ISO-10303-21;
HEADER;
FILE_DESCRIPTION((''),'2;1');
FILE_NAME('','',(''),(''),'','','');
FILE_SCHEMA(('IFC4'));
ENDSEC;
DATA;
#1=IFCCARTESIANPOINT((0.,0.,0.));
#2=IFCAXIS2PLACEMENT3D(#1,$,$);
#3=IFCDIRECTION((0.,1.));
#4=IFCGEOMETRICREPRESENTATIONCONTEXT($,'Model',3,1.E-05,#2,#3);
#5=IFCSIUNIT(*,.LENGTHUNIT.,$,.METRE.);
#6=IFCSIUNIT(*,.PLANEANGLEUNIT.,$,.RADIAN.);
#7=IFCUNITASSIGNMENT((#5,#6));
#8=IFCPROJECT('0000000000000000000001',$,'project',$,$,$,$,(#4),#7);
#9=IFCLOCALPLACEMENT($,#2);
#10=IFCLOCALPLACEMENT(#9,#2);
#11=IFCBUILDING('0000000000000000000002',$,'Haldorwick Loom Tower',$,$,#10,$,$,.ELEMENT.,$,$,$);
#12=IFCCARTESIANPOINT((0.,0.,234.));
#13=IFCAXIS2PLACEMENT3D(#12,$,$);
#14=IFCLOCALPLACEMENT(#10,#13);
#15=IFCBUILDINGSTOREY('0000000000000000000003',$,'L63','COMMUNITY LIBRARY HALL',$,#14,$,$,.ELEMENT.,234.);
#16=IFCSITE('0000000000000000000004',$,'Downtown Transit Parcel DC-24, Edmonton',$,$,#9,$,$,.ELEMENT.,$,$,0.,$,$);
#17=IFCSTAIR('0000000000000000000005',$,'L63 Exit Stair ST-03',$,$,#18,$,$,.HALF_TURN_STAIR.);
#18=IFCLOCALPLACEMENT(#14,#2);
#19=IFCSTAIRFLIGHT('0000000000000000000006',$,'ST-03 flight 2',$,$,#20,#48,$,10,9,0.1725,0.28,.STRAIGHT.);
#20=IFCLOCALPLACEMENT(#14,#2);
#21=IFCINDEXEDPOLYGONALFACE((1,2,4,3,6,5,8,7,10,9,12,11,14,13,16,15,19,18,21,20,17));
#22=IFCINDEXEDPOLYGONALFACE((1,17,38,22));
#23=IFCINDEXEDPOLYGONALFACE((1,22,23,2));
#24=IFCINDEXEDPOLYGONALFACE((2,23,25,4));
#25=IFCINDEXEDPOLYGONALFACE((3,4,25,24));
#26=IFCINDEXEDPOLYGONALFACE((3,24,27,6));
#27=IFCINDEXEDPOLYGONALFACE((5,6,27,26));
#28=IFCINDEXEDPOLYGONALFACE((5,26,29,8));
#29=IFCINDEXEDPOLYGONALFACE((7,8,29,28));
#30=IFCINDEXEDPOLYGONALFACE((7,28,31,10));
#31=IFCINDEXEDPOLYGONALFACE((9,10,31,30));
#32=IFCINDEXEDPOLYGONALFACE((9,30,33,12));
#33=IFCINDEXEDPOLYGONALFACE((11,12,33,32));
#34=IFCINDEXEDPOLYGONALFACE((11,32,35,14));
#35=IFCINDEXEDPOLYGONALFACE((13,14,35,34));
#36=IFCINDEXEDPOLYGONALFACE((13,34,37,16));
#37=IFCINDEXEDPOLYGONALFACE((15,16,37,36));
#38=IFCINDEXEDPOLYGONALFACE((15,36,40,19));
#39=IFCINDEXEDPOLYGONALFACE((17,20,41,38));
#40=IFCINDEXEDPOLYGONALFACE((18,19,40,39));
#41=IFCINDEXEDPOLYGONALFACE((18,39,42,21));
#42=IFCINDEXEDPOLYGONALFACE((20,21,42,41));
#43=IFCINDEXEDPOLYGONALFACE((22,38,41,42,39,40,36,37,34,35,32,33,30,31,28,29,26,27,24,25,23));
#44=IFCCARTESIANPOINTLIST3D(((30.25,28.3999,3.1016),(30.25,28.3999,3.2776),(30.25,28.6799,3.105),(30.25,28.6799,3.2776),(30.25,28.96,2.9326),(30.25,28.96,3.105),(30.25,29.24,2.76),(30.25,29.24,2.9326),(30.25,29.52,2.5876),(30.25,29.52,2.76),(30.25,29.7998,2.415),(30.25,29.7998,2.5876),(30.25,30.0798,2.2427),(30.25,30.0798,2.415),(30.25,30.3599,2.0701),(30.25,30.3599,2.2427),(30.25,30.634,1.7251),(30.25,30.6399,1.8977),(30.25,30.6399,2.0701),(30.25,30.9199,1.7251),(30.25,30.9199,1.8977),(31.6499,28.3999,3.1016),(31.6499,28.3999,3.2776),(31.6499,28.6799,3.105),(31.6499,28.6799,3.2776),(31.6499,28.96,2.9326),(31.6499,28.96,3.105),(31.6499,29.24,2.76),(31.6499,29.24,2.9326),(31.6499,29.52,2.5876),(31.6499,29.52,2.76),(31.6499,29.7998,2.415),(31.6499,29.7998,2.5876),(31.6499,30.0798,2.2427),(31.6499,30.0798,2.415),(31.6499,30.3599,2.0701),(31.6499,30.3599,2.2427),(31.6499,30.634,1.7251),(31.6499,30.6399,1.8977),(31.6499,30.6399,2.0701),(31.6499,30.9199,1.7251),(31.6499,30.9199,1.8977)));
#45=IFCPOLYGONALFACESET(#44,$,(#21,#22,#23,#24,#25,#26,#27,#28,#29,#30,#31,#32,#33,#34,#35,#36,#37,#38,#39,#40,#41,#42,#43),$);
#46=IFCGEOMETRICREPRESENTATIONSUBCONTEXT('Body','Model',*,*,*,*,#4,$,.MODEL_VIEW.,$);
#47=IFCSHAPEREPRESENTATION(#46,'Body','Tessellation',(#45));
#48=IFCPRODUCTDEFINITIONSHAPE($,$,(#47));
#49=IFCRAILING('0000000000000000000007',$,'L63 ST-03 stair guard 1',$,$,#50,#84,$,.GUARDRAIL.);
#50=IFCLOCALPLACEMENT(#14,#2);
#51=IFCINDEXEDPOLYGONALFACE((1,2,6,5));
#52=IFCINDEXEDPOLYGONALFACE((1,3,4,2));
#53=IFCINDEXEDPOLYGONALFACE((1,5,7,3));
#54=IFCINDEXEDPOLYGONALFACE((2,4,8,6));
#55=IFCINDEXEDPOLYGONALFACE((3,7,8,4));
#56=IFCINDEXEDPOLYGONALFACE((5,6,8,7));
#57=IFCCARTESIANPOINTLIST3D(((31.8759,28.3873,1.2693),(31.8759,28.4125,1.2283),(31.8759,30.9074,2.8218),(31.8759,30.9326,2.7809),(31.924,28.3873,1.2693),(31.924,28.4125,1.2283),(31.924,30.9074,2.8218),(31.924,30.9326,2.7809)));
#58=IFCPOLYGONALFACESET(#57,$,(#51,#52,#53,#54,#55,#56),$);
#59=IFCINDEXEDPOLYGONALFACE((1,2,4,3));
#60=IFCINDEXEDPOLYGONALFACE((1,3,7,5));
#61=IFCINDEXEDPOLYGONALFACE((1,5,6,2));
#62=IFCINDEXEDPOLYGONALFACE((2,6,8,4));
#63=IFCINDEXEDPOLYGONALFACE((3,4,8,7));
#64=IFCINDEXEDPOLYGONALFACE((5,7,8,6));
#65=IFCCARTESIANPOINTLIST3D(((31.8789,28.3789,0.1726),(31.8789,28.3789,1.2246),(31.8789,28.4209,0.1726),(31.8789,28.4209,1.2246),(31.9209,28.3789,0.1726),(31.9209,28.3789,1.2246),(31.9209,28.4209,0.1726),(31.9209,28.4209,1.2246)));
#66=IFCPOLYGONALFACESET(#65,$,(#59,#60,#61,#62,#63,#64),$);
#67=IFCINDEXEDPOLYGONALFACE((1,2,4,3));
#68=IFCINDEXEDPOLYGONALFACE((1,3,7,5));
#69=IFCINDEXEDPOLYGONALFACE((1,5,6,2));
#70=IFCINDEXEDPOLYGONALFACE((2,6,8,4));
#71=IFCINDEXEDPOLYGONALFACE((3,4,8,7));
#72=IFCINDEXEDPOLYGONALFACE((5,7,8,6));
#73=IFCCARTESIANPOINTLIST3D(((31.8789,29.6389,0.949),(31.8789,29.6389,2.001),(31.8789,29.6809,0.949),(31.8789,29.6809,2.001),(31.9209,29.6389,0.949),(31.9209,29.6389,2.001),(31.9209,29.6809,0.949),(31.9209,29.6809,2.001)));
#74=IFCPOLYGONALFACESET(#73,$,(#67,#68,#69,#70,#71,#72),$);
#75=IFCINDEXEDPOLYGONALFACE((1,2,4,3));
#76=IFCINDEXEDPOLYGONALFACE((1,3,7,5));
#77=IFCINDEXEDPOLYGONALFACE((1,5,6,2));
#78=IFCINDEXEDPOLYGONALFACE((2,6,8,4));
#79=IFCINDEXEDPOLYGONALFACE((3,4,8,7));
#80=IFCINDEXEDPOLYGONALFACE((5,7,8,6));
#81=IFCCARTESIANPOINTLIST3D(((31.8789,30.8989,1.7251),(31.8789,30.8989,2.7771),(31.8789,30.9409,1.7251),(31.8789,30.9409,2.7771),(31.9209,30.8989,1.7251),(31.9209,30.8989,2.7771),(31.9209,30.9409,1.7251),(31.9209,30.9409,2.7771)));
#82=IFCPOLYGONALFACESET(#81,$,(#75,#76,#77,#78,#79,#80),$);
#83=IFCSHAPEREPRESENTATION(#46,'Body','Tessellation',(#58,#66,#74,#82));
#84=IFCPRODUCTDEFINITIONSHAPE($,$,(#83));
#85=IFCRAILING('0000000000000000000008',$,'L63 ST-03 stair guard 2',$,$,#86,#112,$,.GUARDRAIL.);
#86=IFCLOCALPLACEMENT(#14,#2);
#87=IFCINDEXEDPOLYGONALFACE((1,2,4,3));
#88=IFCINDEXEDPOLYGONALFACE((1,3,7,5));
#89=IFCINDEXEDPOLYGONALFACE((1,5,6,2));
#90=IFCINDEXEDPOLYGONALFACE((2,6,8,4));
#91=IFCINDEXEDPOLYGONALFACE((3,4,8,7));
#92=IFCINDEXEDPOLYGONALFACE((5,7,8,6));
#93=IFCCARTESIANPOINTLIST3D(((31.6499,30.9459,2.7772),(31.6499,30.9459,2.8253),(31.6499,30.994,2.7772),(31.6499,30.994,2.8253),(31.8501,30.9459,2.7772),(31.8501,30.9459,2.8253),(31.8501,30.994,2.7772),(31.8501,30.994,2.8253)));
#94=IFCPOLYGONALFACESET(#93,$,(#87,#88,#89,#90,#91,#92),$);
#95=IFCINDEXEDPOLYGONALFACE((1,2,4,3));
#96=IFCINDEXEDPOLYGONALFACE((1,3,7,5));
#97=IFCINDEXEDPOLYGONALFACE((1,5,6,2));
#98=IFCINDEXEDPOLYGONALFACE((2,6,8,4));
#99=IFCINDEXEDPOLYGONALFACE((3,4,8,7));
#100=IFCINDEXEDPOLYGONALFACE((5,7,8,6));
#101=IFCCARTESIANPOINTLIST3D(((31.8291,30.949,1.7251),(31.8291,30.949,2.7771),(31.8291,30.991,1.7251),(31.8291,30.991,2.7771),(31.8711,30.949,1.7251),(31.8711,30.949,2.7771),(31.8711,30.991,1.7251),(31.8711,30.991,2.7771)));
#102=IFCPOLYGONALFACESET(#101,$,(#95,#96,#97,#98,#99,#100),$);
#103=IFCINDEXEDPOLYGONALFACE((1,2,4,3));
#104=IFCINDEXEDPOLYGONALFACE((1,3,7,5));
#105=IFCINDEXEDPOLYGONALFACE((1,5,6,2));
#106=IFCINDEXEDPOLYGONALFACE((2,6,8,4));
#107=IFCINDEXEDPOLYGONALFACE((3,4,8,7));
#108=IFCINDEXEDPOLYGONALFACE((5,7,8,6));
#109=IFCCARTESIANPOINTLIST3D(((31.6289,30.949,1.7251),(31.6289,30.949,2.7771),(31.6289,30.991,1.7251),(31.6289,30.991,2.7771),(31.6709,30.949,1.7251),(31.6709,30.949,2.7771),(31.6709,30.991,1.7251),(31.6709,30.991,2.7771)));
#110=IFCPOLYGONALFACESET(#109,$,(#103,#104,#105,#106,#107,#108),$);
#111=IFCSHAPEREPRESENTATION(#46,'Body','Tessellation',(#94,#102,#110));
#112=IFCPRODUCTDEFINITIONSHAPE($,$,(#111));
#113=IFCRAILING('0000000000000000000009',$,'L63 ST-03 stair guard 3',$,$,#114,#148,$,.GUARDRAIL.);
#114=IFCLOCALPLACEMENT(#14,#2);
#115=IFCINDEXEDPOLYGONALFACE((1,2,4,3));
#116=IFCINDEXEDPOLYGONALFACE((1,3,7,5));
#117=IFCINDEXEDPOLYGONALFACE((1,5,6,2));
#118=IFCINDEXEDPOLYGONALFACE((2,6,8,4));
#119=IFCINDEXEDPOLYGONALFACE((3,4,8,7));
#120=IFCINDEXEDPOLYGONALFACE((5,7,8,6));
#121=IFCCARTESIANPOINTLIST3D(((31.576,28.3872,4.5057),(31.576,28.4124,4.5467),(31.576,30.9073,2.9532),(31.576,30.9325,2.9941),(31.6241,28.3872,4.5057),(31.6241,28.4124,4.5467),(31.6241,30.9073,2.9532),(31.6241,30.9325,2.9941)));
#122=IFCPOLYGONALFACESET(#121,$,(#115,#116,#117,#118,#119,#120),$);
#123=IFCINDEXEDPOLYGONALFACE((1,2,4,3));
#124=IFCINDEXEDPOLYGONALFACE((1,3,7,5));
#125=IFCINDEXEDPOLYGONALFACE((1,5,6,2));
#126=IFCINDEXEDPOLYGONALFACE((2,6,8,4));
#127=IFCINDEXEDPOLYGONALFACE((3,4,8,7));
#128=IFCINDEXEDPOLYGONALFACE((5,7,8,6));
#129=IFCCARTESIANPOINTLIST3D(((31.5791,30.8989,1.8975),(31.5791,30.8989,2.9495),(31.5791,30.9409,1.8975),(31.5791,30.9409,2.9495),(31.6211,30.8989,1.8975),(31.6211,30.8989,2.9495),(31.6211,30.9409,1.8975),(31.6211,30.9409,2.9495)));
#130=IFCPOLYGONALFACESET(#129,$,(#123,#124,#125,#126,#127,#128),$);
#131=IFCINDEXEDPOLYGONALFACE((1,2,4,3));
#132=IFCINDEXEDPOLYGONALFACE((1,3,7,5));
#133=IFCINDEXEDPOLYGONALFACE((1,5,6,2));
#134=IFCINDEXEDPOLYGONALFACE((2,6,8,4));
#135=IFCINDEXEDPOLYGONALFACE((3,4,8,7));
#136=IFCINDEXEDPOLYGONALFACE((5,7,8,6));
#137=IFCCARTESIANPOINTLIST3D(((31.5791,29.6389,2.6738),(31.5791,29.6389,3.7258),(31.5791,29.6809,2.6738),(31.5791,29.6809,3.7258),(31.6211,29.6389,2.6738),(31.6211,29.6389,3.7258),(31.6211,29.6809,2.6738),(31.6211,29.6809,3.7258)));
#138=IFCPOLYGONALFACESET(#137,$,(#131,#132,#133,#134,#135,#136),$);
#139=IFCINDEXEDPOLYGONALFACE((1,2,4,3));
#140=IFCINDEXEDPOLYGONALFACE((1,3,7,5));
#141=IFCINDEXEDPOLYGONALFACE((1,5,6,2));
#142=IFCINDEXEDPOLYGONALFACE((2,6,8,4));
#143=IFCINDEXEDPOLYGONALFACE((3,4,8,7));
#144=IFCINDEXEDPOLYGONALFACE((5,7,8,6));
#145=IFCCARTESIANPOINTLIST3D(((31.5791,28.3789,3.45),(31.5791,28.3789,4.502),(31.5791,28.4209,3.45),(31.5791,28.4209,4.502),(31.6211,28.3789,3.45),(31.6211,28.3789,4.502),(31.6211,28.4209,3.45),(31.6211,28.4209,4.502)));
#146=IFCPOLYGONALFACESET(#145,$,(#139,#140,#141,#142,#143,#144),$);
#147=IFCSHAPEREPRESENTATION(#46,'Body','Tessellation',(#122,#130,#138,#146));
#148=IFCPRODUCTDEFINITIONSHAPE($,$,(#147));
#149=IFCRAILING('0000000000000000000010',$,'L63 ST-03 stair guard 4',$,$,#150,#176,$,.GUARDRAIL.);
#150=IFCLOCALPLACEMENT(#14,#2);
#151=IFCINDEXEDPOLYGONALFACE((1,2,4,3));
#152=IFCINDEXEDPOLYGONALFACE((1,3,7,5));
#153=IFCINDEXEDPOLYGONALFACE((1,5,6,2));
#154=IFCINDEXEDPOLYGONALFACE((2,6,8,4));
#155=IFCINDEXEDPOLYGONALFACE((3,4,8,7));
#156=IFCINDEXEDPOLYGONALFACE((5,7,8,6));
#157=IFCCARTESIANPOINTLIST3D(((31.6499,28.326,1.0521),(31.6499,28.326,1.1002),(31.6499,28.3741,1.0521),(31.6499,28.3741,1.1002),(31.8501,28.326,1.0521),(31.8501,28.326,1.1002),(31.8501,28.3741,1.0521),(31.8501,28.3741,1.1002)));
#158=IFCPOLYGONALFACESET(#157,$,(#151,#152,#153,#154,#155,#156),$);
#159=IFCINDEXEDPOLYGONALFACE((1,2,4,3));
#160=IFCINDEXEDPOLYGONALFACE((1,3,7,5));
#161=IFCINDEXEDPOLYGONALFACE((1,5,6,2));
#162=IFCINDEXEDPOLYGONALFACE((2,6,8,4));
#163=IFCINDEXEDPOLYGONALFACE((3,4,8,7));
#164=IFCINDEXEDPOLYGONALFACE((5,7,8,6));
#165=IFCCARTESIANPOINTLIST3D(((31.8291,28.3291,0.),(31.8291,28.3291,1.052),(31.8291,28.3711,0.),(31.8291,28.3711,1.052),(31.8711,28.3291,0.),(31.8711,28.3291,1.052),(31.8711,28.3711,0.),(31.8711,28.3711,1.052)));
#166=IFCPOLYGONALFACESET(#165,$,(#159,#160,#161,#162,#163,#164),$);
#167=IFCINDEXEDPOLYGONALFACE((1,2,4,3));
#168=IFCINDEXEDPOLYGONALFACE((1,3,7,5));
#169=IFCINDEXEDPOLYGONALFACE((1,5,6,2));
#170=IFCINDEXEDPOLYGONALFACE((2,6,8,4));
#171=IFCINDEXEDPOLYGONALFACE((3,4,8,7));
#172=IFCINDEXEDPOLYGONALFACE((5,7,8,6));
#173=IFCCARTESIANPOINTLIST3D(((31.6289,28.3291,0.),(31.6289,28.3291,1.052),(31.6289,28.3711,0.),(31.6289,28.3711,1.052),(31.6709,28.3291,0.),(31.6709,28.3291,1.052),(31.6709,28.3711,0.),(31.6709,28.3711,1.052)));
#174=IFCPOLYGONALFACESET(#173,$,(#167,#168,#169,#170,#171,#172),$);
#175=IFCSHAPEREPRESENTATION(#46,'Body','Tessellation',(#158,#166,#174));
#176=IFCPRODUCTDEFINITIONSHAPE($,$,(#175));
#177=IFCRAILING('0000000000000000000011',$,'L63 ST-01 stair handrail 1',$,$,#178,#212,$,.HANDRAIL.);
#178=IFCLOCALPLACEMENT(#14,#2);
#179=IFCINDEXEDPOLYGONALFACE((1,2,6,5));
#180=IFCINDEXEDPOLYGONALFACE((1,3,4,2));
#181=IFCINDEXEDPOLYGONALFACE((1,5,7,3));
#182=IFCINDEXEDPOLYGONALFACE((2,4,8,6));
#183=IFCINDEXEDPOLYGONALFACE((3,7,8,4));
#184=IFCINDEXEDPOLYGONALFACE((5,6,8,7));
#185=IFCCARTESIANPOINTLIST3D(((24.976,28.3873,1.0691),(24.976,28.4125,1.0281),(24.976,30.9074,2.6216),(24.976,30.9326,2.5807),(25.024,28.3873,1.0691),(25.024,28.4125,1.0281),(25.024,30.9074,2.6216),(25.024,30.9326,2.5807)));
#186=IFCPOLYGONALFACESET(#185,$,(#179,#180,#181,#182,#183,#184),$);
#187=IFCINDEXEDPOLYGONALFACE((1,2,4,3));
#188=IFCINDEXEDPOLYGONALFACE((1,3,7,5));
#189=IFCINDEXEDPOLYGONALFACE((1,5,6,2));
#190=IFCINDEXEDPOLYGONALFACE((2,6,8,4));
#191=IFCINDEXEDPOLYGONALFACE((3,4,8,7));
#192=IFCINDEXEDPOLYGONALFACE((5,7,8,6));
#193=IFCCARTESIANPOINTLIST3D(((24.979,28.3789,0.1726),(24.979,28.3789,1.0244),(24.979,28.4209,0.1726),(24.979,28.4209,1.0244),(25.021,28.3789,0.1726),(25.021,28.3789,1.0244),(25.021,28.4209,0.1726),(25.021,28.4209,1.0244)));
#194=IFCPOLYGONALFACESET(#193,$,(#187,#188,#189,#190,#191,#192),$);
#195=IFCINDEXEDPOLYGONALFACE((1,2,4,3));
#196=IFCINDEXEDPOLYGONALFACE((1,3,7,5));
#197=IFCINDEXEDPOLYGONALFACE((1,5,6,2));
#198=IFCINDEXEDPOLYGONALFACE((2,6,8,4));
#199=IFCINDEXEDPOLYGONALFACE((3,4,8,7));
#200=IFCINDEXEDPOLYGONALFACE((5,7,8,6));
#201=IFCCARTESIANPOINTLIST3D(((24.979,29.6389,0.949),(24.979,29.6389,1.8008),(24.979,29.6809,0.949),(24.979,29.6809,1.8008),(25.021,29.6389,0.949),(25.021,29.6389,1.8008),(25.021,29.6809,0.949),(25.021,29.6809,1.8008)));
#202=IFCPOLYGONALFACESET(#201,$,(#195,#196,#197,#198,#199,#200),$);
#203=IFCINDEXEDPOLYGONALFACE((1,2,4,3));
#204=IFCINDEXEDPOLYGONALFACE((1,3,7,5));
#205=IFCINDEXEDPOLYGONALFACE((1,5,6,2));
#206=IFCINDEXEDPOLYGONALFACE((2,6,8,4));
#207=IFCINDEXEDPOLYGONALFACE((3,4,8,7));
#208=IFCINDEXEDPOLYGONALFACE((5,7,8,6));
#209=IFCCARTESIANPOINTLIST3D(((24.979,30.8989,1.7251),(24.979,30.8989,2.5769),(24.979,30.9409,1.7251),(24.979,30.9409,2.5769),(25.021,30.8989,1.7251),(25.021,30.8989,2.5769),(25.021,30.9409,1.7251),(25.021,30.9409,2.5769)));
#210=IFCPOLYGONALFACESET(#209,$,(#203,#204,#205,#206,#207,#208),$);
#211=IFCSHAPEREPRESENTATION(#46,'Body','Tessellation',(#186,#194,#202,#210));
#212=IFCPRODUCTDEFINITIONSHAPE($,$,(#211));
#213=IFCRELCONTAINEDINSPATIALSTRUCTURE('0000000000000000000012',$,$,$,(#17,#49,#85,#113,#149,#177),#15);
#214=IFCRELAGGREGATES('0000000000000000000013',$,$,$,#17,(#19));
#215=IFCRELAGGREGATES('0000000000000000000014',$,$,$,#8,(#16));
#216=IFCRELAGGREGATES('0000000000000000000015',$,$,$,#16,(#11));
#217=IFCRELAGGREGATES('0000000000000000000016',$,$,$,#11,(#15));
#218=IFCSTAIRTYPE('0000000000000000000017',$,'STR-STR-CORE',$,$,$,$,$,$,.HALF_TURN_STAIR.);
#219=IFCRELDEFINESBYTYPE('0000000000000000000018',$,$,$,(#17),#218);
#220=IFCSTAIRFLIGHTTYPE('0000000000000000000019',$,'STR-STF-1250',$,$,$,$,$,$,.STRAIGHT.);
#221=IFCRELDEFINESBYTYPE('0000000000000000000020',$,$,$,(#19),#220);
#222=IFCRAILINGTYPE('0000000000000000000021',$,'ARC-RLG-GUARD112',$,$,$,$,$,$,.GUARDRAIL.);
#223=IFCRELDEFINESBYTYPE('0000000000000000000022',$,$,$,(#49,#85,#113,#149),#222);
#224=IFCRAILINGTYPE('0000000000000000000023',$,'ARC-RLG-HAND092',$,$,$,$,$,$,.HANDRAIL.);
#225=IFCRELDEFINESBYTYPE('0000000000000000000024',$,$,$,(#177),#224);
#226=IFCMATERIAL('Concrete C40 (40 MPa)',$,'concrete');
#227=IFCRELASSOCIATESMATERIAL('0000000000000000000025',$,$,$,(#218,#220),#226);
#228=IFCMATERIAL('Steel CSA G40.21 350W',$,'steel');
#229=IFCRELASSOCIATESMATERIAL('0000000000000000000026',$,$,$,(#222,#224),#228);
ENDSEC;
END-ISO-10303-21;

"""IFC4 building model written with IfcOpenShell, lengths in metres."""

from ifc_helpers import new_model, si_unit, direction, frame, origin, origin_2d, place, context, subcontext, project, spatial, polyline, rectangle, outline, extrude, material, type_object, element, aggregate, save


model = new_model("IFC4")

# Units and contexts
model_context = context("Model", 3, precision=1e-05, world=origin(), true_north=direction((0.0, 1.0)))
body_context = subcontext(model_context, "Body", "Model", "MODEL_VIEW")
ifc_project = project(units=[si_unit("LENGTHUNIT", "METRE"), si_unit("PLANEANGLEUNIT", "RADIAN")], contexts=[model_context])

# Site, building, storey
site_placement = place(None, origin())
site = spatial("IfcSite", under=ifc_project, at=site_placement, Name="Downtown Transit Parcel DC-24, Edmonton", CompositionType="ELEMENT", RefElevation=0.0)
building_placement = place(site_placement, origin())
building = spatial("IfcBuilding", under=site, at=building_placement, Name="Haldorwick Loom Tower", CompositionType="ELEMENT")
storey_placement = place(building_placement, frame((0.0, 0.0, 234.0)))
storey = spatial("IfcBuildingStorey", under=building, at=storey_placement, Name="L63", Description="COMMUNITY LIBRARY HALL", CompositionType="ELEMENT", Elevation=234.0)

# Shared definitions
ifc_material_1 = material(Name="Steel CSA G40.21 350W", Category="steel")

# Stair, stair flight
ifc_material_2 = material(Name="Concrete C40 (40 MPa)", Category="concrete")
stair_type = type_object("IfcStairType", Name="STR-STR-CORE", PredefinedType="HALF_TURN_STAIR", material=ifc_material_2)
stair_placement = place(storey_placement, origin())
stair = element("IfcStair", 1, at=stair_placement, inside=storey, type_object=stair_type, Name="L63 Exit Stair ST-03", PredefinedType="HALF_TURN_STAIR")
stair_flight_type = type_object("IfcStairFlightType", Name="STR-STF-1250", PredefinedType="STRAIGHT", material=ifc_material_2)
stair_flight_1_placement = place(storey_placement, frame((30.95, 30.9199, 1.7251), z_axis=(0.0, 0.0, 1.0), x_axis=(0.0, -1.0, 0.0)))
stair_flight_1 = element("IfcStairFlight", 2, at=stair_flight_1_placement, type_object=stair_flight_type, Name="ST-03 flight 2", NumberOfRisers=10, NumberOfTreads=9, PredefinedType="STRAIGHT", RiserHeight=0.1725, TreadLength=0.28, context=body_context, shape_type="SweptSolid", body=[
    extrude(outline(polyline([(0.0, 0.0), (0.0, 0.1726), (0.28, 0.1726), (0.28, 0.345), (0.5601, 0.345), (0.5601, 0.5176), (0.8401, 0.5176), (0.8401, 0.6899), (1.1201, 0.6899), (1.1201, 0.8625), (1.3999, 0.8625), (1.3999, 1.0349), (1.6799, 1.0349), (1.6799, 1.2075), (1.96, 1.2075), (1.96, 1.3799), (2.24, 1.3799), (2.24, 1.5525), (2.52, 1.5525), (2.52, 1.7251), (2.52, 1.3765), (0.2859, 0.0), (0.0, 0.0)])), frame((0.0, 0.7, 0.0), z_axis=(0.0, -1.0, 0.0), x_axis=(1.0, 0.0, 0.0)), (0.0, 0.0, 1.0), 1.3999),
])
aggregate(stair, [stair_flight_1])

# Railings
railing_type_1 = type_object("IfcRailingType", Name="ARC-RLG-GUARD112", PredefinedType="GUARDRAIL", material=ifc_material_1)
railing_1_placement = place(storey_placement, frame((31.8999, 28.3999, 0.1726)))
element("IfcRailing", 3, at=railing_1_placement, inside=storey, type_object=railing_type_1, Name="L63 ST-03 stair guard 1", PredefinedType="GUARDRAIL", context=body_context, shape_type="SweptSolid", body=[
    extrude(rectangle(XDim=0.0481, YDim=0.0481, at=origin_2d()), frame((0.0, 0.0, 1.0762), z_axis=(0.0, 0.8514, 0.524516), x_axis=(-1.0, 0.0, 0.0)), (0.0, 0.0, 1.0), 2.96),
    extrude(rectangle(XDim=0.042, YDim=0.042, at=origin_2d()), origin(), (0.0, 0.0, 1.0), 1.052),
    extrude(rectangle(XDim=0.042, YDim=0.042, at=origin_2d()), frame((0.0, 1.26, 0.7764)), (0.0, 0.0, 1.0), 1.052),
    extrude(rectangle(XDim=0.042, YDim=0.042, at=origin_2d()), frame((0.0, 2.52, 1.5525)), (0.0, 0.0, 1.0), 1.052),
])
railing_2_placement = place(storey_placement, frame((31.8501, 30.97, 1.7251)))
element("IfcRailing", 4, at=railing_2_placement, inside=storey, type_object=railing_type_1, Name="L63 ST-03 stair guard 2", PredefinedType="GUARDRAIL", context=body_context, shape_type="SweptSolid", body=[
    extrude(rectangle(XDim=0.0481, YDim=0.0481, at=origin_2d()), frame((0.0, 0.0, 1.0762), z_axis=(-1.0, 0.0, 0.0), x_axis=(0.0, -1.0, 0.0)), (0.0, 0.0, 1.0), 0.2002),
    extrude(rectangle(XDim=0.042, YDim=0.042, at=origin_2d()), origin(), (0.0, 0.0, 1.0), 1.052),
    extrude(rectangle(XDim=0.042, YDim=0.042, at=origin_2d()), frame((-0.2002, 0.0, 0.0)), (0.0, 0.0, 1.0), 1.052),
])
railing_3_placement = place(storey_placement, frame((31.6001, 30.9199, 1.8975)))
element("IfcRailing", 5, at=railing_3_placement, inside=storey, type_object=railing_type_1, Name="L63 ST-03 stair guard 3", PredefinedType="GUARDRAIL", context=body_context, shape_type="SweptSolid", body=[
    extrude(rectangle(XDim=0.0481, YDim=0.0481, at=origin_2d()), frame((0.0, 0.0, 1.0762), z_axis=(0.0, -0.8514, 0.524516), x_axis=(1.0, 0.0, 0.0)), (0.0, 0.0, 1.0), 2.96),
    extrude(rectangle(XDim=0.042, YDim=0.042, at=origin_2d()), origin(), (0.0, 0.0, 1.0), 1.052),
    extrude(rectangle(XDim=0.042, YDim=0.042, at=origin_2d()), frame((0.0, -1.26, 0.7764)), (0.0, 0.0, 1.0), 1.052),
    extrude(rectangle(XDim=0.042, YDim=0.042, at=origin_2d()), frame((0.0, -2.52, 1.5525)), (0.0, 0.0, 1.0), 1.052),
])
railing_4_placement = place(storey_placement, frame((31.8501, 28.3501, 0.0)))
element("IfcRailing", 6, at=railing_4_placement, inside=storey, type_object=railing_type_1, Name="L63 ST-03 stair guard 4", PredefinedType="GUARDRAIL", context=body_context, shape_type="SweptSolid", body=[
    extrude(rectangle(XDim=0.0481, YDim=0.0481, at=origin_2d()), frame((0.0, 0.0, 1.0762), z_axis=(-1.0, 0.0, 0.0), x_axis=(0.0, -1.0, 0.0)), (0.0, 0.0, 1.0), 0.2002),
    extrude(rectangle(XDim=0.042, YDim=0.042, at=origin_2d()), origin(), (0.0, 0.0, 1.0), 1.052),
    extrude(rectangle(XDim=0.042, YDim=0.042, at=origin_2d()), frame((-0.2002, 0.0, 0.0)), (0.0, 0.0, 1.0), 1.052),
])
railing_type_2 = type_object("IfcRailingType", Name="ARC-RLG-HAND092", PredefinedType="HANDRAIL", material=ifc_material_1)
for number, where, name in (
    (7, (25.0, 28.3999, 0.1726), "L63 ST-01 stair handrail 1"),
):
    element("IfcRailing", number, at=place(storey_placement, frame(where)), inside=storey, type_object=railing_type_2, Name=name, PredefinedType="HANDRAIL", context=body_context, shape_type="SweptSolid", body=[
        extrude(rectangle(XDim=0.0481, YDim=0.0481, at=origin_2d()), frame((0.0, 0.0, 0.876), z_axis=(0.0, 0.8514, 0.524516), x_axis=(-1.0, 0.0, 0.0)), (0.0, 0.0, 1.0), 2.96),
        extrude(rectangle(XDim=0.042, YDim=0.042, at=origin_2d()), origin(), (0.0, 0.0, 1.0), 0.8518),
        extrude(rectangle(XDim=0.042, YDim=0.042, at=origin_2d()), frame((0.0, 1.26, 0.7764)), (0.0, 0.0, 1.0), 0.8518),
        extrude(rectangle(XDim=0.042, YDim=0.042, at=origin_2d()), frame((0.0, 2.52, 1.5525)), (0.0, 0.0, 1.0), 0.8518),
    ])

save(model, "model.ifc")
